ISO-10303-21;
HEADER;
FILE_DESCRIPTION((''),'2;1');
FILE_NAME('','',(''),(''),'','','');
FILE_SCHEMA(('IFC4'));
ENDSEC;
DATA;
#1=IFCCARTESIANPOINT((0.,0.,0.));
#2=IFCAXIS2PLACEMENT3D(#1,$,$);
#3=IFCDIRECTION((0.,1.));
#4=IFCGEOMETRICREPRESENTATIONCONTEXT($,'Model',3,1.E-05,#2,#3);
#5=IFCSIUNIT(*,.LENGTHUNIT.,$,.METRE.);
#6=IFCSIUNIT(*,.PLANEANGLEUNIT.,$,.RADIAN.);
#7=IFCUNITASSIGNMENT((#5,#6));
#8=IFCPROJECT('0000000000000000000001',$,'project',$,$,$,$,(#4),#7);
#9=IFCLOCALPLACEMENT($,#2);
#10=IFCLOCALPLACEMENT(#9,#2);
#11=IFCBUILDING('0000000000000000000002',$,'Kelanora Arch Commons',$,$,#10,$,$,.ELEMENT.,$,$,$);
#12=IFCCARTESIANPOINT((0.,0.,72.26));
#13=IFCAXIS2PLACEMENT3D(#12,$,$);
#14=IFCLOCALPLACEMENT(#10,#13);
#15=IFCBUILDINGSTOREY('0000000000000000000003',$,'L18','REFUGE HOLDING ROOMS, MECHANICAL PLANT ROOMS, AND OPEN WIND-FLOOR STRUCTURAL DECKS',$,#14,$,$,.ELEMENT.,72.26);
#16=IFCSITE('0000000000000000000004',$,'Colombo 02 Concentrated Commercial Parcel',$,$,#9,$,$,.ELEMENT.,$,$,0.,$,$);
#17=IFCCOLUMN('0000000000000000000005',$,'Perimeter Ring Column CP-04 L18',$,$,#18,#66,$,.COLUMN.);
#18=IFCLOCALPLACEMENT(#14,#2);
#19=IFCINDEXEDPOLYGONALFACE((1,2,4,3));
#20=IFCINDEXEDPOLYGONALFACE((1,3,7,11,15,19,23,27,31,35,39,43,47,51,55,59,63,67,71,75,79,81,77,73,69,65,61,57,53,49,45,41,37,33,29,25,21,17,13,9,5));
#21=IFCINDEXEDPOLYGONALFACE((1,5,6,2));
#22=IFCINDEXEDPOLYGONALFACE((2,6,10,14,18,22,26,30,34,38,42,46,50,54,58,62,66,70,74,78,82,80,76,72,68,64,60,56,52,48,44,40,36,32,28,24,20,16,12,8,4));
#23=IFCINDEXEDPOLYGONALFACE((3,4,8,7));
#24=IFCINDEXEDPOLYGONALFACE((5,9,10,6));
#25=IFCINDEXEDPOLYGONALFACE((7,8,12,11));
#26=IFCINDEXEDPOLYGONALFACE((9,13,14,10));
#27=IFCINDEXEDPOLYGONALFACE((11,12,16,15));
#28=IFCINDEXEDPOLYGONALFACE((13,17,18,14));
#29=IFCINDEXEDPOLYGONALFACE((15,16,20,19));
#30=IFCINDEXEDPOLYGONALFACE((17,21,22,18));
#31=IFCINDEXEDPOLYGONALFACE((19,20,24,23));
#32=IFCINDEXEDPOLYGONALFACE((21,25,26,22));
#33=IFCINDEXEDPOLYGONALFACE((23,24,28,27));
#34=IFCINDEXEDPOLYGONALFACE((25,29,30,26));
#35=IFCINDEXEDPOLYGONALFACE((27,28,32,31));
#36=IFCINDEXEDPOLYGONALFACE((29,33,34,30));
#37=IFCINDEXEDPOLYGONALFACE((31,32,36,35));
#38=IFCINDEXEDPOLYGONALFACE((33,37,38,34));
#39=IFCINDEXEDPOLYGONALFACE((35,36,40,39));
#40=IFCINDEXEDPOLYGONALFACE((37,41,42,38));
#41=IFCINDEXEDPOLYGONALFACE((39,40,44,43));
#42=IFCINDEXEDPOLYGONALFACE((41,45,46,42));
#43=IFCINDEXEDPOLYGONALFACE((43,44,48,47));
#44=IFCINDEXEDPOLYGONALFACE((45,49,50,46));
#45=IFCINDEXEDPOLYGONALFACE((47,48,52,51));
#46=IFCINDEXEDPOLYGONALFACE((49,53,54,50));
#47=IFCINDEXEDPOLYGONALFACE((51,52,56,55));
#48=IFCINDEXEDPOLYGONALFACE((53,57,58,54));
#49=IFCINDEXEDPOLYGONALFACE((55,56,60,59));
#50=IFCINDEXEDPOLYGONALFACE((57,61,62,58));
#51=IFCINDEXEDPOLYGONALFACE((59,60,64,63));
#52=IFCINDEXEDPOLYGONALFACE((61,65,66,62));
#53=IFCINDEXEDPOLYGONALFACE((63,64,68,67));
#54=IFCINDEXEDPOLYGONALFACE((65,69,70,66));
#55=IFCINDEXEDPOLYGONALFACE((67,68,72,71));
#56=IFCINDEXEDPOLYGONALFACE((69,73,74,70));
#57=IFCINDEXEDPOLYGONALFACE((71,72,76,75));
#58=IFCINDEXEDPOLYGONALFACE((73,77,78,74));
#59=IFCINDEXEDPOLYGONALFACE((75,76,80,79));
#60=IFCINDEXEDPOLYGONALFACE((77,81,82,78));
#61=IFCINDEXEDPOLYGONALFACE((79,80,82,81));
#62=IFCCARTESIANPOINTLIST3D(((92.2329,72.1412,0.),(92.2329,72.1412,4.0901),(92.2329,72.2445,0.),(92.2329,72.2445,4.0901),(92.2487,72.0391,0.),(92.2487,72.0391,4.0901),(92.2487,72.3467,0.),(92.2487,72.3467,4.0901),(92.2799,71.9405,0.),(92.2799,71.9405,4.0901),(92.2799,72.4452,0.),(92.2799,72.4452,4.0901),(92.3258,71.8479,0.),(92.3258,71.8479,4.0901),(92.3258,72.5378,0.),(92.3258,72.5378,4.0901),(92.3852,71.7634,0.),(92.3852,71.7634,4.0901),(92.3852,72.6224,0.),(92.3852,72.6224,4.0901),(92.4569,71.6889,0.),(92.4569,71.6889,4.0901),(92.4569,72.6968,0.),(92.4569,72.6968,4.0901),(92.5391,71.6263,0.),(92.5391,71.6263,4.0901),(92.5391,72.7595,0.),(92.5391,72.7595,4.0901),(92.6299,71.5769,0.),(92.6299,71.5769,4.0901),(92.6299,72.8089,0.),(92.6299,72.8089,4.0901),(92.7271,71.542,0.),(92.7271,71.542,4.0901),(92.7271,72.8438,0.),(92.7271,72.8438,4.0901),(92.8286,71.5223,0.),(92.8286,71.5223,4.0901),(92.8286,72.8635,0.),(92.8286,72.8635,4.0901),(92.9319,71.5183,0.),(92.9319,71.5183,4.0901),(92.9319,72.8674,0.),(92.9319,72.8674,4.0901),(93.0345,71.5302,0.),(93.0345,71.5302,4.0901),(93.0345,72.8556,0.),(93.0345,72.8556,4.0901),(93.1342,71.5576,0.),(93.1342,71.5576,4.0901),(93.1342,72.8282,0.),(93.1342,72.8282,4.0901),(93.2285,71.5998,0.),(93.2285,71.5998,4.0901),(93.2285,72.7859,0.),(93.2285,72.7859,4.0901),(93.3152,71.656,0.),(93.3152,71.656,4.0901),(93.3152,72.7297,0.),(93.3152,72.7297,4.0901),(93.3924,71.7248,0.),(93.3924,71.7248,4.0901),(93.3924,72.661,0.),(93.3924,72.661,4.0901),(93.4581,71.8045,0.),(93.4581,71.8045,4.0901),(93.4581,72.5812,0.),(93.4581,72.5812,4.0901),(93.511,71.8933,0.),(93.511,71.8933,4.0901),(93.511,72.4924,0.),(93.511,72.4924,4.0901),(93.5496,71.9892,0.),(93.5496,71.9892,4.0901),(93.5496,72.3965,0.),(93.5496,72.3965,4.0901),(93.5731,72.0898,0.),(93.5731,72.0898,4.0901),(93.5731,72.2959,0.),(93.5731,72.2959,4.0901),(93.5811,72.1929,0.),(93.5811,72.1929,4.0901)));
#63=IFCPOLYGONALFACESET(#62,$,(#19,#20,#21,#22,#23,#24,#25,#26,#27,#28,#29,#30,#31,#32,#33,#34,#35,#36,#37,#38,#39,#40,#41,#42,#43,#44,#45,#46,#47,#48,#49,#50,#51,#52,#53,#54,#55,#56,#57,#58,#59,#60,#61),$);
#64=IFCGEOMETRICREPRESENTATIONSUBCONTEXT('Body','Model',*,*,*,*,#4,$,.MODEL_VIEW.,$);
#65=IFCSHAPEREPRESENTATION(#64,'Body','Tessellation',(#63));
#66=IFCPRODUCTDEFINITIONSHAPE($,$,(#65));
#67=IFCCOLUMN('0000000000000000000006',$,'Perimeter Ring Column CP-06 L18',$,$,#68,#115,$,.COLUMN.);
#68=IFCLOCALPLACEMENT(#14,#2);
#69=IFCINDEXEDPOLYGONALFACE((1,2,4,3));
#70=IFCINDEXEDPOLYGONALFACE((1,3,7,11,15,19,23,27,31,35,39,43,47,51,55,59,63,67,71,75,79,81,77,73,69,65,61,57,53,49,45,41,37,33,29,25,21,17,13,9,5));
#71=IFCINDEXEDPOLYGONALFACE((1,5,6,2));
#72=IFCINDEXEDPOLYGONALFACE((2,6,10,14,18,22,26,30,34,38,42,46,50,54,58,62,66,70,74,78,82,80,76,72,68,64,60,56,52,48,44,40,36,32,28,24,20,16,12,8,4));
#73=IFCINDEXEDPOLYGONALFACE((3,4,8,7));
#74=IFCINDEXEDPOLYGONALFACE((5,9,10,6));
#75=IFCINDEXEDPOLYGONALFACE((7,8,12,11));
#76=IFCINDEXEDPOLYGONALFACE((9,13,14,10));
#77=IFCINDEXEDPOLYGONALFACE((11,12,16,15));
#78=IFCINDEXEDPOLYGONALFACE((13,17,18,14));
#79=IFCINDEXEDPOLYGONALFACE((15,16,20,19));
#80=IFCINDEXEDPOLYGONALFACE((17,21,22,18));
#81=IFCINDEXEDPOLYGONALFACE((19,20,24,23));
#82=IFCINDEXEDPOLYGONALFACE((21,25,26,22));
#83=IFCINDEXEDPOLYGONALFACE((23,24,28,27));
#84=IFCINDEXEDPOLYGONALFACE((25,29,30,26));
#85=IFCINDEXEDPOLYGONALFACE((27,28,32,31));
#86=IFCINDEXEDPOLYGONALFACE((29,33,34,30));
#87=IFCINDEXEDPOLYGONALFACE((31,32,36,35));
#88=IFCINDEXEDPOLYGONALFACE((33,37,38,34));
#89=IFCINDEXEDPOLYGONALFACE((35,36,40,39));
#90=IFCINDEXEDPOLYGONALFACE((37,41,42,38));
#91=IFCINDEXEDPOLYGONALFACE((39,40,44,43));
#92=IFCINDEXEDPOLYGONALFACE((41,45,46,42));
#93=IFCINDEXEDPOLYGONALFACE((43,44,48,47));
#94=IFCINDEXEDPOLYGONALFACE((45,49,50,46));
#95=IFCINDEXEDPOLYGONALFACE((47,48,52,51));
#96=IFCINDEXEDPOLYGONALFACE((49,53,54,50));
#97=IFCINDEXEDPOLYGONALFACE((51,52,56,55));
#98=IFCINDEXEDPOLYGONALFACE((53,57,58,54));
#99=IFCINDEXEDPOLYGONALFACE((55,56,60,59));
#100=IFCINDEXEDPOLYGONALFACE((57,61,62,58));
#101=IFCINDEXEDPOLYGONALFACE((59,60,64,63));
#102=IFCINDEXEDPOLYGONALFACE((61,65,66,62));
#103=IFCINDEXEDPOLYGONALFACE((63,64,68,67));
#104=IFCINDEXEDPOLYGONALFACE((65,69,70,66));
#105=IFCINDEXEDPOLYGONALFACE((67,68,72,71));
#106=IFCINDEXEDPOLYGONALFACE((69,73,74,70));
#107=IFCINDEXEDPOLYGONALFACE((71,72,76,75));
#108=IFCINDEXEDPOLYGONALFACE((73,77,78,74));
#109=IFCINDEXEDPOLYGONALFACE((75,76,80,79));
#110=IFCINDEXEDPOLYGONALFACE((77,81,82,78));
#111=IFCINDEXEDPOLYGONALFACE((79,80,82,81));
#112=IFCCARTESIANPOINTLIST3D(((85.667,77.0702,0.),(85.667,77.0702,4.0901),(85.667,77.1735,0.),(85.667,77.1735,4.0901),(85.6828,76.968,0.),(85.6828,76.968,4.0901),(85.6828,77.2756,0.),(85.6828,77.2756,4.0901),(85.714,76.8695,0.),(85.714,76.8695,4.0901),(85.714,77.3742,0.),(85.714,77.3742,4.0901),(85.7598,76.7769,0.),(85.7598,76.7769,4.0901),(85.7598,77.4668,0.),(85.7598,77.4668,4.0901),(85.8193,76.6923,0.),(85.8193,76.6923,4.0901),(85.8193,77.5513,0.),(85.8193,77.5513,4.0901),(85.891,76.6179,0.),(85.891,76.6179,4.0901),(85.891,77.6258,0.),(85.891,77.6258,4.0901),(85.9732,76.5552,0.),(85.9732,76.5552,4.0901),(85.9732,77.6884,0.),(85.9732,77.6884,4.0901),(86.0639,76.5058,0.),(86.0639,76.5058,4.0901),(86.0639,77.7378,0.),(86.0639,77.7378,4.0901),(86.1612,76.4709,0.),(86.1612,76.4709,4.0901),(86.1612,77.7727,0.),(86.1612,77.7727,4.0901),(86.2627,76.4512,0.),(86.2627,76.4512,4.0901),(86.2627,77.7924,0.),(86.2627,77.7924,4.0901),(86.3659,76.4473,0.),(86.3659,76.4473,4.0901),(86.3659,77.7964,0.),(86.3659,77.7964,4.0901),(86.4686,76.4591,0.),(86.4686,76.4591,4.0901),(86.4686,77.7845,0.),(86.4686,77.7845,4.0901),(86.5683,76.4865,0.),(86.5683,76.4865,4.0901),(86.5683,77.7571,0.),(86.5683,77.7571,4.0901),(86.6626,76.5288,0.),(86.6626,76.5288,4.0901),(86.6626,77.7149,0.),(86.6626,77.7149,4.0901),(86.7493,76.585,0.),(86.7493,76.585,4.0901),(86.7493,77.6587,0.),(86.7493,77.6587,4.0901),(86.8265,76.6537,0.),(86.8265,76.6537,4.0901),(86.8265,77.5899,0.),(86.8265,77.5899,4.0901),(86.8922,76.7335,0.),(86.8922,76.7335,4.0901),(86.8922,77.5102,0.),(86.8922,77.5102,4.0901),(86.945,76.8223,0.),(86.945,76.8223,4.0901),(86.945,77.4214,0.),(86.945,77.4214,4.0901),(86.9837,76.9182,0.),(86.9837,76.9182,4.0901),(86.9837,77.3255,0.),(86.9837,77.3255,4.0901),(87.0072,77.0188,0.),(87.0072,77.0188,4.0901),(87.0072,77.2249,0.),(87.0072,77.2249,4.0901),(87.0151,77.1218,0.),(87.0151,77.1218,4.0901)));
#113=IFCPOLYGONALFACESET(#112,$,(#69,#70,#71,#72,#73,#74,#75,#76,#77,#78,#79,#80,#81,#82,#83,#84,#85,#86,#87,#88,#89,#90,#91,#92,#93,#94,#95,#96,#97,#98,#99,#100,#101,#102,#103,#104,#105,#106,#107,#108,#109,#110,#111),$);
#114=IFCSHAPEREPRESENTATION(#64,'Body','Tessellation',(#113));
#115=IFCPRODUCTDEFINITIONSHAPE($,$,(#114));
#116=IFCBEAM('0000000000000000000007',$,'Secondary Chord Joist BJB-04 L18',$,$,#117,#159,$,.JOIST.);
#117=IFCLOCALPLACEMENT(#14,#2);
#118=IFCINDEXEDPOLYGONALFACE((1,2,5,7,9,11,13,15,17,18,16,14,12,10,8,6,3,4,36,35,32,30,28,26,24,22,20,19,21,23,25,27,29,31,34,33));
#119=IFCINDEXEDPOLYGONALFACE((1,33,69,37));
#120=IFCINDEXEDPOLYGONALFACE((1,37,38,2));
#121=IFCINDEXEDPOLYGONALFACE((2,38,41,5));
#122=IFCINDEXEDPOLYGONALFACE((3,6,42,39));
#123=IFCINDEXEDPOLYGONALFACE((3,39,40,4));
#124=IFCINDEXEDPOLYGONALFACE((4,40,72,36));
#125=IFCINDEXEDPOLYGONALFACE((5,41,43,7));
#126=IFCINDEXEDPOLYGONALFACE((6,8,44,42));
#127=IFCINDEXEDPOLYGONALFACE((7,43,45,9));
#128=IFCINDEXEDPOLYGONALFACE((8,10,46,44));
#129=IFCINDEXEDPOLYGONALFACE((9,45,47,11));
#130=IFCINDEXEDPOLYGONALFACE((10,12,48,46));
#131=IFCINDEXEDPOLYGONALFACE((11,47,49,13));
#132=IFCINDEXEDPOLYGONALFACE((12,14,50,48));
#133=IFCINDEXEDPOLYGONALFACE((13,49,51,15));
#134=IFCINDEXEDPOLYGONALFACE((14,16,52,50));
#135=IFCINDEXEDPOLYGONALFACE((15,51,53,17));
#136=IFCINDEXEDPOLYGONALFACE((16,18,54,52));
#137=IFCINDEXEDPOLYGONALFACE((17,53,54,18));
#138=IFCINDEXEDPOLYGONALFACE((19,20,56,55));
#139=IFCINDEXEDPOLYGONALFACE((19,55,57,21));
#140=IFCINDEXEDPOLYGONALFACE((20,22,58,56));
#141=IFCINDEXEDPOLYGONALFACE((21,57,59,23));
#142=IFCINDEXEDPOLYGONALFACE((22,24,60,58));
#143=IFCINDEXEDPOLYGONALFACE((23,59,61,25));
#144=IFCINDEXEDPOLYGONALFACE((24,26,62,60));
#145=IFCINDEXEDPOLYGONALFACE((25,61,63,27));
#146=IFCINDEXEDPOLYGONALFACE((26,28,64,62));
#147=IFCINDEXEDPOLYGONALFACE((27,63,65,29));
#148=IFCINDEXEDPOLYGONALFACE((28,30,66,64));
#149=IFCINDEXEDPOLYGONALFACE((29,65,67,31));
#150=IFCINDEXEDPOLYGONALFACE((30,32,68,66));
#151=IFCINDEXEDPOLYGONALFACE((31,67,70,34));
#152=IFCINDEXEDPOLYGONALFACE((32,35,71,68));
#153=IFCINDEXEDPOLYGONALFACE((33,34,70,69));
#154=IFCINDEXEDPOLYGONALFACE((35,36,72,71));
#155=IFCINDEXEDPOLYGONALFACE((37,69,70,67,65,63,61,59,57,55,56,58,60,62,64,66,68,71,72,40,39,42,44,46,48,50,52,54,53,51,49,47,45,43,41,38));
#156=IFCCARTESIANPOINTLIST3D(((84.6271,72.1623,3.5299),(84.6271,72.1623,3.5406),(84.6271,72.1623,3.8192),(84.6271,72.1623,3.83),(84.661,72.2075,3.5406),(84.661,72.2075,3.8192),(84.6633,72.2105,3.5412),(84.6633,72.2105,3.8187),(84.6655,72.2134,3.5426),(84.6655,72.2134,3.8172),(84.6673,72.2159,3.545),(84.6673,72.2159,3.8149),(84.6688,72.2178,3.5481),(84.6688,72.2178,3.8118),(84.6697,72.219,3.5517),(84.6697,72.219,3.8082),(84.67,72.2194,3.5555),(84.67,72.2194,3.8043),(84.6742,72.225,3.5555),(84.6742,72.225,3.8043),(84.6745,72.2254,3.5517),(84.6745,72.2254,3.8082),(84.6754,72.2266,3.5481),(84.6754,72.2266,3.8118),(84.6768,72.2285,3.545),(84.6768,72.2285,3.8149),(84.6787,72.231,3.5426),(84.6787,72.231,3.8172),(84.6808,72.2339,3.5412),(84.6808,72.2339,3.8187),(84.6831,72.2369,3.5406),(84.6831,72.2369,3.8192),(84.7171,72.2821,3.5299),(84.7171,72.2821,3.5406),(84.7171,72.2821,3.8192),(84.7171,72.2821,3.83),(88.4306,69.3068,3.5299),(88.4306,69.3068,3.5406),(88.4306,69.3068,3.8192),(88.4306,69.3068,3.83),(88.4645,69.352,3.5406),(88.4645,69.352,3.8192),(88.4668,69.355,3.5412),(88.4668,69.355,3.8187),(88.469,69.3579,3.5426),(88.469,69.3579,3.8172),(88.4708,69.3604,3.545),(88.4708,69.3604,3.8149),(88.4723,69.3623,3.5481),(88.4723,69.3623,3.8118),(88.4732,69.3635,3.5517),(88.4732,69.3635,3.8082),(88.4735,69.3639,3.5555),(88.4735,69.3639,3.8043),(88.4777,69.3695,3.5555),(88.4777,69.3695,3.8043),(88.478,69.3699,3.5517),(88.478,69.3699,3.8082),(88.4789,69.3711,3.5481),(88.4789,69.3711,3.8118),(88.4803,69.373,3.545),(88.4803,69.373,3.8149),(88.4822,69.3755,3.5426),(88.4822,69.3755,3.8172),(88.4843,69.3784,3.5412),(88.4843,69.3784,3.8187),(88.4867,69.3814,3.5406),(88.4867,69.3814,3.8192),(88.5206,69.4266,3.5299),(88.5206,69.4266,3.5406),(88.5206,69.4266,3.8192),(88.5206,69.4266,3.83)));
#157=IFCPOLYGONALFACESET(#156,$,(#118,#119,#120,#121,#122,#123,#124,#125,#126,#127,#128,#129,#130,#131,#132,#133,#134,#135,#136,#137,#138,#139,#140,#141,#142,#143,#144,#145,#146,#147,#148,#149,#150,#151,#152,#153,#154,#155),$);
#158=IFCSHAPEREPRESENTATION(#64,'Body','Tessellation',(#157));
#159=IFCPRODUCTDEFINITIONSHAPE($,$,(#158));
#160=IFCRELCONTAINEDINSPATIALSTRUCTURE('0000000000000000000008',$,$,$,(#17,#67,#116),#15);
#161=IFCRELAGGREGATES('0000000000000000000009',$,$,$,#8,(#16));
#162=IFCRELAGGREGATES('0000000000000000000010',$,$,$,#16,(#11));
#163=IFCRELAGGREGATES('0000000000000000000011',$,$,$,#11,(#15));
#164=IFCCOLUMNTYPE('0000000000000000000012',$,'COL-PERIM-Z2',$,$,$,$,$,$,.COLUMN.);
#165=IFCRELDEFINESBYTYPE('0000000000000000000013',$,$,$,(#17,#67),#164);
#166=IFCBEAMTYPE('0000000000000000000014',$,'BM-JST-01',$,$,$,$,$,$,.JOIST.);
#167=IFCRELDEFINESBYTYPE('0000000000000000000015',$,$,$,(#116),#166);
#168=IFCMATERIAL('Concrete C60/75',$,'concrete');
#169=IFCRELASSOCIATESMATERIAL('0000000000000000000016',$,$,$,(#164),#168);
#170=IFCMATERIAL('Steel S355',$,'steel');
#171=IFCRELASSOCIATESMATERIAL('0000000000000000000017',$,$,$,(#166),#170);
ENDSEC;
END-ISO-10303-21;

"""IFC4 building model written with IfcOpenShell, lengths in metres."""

from ifc_helpers import new_model, si_unit, direction, frame, origin, origin_2d, place, context, subcontext, project, spatial, circle, i_section, extrude, material, material_profile, profile_set, type_object, element, save


model = new_model("IFC4")

# Units and contexts
model_context = context("Model", 3, precision=1e-05, world=origin(), true_north=direction((0.0, 1.0)))
body_context = subcontext(model_context, "Body", "Model", "MODEL_VIEW")
ifc_project = project(units=[si_unit("LENGTHUNIT", "METRE"), si_unit("PLANEANGLEUNIT", "RADIAN")], contexts=[model_context])

# Site, building, storey
site_placement = place(None, origin())
site = spatial("IfcSite", under=ifc_project, at=site_placement, Name="Colombo 02 Concentrated Commercial Parcel", CompositionType="ELEMENT", RefElevation=0.0)
building_placement = place(site_placement, origin())
building = spatial("IfcBuilding", under=site, at=building_placement, Name="Kelanora Arch Commons", CompositionType="ELEMENT")
storey_placement = place(building_placement, frame((0.0, 0.0, 72.26)))
storey = spatial("IfcBuildingStorey", under=building, at=storey_placement, Name="L18", Description="REFUGE HOLDING ROOMS, MECHANICAL PLANT ROOMS, AND OPEN WIND-FLOOR STRUCTURAL DECKS", CompositionType="ELEMENT", Elevation=72.26)

# Columns
ifc_material_1 = material(Name="Concrete C60/75", Category="concrete")
ifc_material_profile_1 = material_profile(ifc_material_1, circle(Radius=0.675, at=origin_2d()), Name="RCC1350")
ifc_profile_set_1 = profile_set([ifc_material_profile_1], Name="Concrete C60/75")
column_type = type_object("IfcColumnType", Name="COL-PERIM-Z2", PredefinedType="COLUMN", material=ifc_profile_set_1)
for number, where, z_axis, x_axis, name in (
    (1, (92.906, 72.1929, 0.0), (0.0, 0.0, 1.0), (1.0, 0.0, 0.0), "Perimeter Ring Column CP-04 L18"),
    (2, (86.3401, 77.1218, 0.0), (0.0, 0.0, 1.0), (1.0, 0.0, 0.0), "Perimeter Ring Column CP-06 L18"),
):
    element("IfcColumn", number, at=place(storey_placement, frame(where, z_axis=z_axis, x_axis=x_axis)), inside=storey, type_object=column_type, Name=name, PredefinedType="COLUMN", context=body_context, shape_type="SweptSolid", body=[
        extrude(circle(Radius=0.675, at=origin_2d()), origin(), (0.0, 0.0, 1.0), 4.0901),
    ])

# Beam
ifc_material_2 = material(Name="Steel S355", Category="steel")
ifc_material_profile_2 = material_profile(ifc_material_2, i_section(OverallWidth=0.1499, OverallDepth=0.3, WebThickness=0.0071, FlangeThickness=0.0107, FilletRadius=0.0149, at=origin_2d()), Name="IPE300")
ifc_profile_set_2 = profile_set([ifc_material_profile_2], Name="Steel S355")
beam_type_1 = type_object("IfcBeamType", Name="BM-JST-01", PredefinedType="JOIST", material=ifc_profile_set_2)
beam_1_placement = place(storey_placement, frame((88.4756, 69.3667, 3.6799), z_axis=(-0.79971, 0.600386, 0.0), x_axis=(-0.600386, -0.79971, 0.0)))
element("IfcBeam", 3, at=beam_1_placement, inside=storey, type_object=beam_type_1, Name="Secondary Chord Joist BJB-04 L18", PredefinedType="JOIST", context=body_context, shape_type="SweptSolid", body=[
    extrude(i_section(OverallWidth=0.1499, OverallDepth=0.3, WebThickness=0.0071, FlangeThickness=0.0107, FilletRadius=0.0149, at=origin_2d()), origin(), (0.0, 0.0, 1.0), 4.7561),
])

save(model, "model.ifc")
